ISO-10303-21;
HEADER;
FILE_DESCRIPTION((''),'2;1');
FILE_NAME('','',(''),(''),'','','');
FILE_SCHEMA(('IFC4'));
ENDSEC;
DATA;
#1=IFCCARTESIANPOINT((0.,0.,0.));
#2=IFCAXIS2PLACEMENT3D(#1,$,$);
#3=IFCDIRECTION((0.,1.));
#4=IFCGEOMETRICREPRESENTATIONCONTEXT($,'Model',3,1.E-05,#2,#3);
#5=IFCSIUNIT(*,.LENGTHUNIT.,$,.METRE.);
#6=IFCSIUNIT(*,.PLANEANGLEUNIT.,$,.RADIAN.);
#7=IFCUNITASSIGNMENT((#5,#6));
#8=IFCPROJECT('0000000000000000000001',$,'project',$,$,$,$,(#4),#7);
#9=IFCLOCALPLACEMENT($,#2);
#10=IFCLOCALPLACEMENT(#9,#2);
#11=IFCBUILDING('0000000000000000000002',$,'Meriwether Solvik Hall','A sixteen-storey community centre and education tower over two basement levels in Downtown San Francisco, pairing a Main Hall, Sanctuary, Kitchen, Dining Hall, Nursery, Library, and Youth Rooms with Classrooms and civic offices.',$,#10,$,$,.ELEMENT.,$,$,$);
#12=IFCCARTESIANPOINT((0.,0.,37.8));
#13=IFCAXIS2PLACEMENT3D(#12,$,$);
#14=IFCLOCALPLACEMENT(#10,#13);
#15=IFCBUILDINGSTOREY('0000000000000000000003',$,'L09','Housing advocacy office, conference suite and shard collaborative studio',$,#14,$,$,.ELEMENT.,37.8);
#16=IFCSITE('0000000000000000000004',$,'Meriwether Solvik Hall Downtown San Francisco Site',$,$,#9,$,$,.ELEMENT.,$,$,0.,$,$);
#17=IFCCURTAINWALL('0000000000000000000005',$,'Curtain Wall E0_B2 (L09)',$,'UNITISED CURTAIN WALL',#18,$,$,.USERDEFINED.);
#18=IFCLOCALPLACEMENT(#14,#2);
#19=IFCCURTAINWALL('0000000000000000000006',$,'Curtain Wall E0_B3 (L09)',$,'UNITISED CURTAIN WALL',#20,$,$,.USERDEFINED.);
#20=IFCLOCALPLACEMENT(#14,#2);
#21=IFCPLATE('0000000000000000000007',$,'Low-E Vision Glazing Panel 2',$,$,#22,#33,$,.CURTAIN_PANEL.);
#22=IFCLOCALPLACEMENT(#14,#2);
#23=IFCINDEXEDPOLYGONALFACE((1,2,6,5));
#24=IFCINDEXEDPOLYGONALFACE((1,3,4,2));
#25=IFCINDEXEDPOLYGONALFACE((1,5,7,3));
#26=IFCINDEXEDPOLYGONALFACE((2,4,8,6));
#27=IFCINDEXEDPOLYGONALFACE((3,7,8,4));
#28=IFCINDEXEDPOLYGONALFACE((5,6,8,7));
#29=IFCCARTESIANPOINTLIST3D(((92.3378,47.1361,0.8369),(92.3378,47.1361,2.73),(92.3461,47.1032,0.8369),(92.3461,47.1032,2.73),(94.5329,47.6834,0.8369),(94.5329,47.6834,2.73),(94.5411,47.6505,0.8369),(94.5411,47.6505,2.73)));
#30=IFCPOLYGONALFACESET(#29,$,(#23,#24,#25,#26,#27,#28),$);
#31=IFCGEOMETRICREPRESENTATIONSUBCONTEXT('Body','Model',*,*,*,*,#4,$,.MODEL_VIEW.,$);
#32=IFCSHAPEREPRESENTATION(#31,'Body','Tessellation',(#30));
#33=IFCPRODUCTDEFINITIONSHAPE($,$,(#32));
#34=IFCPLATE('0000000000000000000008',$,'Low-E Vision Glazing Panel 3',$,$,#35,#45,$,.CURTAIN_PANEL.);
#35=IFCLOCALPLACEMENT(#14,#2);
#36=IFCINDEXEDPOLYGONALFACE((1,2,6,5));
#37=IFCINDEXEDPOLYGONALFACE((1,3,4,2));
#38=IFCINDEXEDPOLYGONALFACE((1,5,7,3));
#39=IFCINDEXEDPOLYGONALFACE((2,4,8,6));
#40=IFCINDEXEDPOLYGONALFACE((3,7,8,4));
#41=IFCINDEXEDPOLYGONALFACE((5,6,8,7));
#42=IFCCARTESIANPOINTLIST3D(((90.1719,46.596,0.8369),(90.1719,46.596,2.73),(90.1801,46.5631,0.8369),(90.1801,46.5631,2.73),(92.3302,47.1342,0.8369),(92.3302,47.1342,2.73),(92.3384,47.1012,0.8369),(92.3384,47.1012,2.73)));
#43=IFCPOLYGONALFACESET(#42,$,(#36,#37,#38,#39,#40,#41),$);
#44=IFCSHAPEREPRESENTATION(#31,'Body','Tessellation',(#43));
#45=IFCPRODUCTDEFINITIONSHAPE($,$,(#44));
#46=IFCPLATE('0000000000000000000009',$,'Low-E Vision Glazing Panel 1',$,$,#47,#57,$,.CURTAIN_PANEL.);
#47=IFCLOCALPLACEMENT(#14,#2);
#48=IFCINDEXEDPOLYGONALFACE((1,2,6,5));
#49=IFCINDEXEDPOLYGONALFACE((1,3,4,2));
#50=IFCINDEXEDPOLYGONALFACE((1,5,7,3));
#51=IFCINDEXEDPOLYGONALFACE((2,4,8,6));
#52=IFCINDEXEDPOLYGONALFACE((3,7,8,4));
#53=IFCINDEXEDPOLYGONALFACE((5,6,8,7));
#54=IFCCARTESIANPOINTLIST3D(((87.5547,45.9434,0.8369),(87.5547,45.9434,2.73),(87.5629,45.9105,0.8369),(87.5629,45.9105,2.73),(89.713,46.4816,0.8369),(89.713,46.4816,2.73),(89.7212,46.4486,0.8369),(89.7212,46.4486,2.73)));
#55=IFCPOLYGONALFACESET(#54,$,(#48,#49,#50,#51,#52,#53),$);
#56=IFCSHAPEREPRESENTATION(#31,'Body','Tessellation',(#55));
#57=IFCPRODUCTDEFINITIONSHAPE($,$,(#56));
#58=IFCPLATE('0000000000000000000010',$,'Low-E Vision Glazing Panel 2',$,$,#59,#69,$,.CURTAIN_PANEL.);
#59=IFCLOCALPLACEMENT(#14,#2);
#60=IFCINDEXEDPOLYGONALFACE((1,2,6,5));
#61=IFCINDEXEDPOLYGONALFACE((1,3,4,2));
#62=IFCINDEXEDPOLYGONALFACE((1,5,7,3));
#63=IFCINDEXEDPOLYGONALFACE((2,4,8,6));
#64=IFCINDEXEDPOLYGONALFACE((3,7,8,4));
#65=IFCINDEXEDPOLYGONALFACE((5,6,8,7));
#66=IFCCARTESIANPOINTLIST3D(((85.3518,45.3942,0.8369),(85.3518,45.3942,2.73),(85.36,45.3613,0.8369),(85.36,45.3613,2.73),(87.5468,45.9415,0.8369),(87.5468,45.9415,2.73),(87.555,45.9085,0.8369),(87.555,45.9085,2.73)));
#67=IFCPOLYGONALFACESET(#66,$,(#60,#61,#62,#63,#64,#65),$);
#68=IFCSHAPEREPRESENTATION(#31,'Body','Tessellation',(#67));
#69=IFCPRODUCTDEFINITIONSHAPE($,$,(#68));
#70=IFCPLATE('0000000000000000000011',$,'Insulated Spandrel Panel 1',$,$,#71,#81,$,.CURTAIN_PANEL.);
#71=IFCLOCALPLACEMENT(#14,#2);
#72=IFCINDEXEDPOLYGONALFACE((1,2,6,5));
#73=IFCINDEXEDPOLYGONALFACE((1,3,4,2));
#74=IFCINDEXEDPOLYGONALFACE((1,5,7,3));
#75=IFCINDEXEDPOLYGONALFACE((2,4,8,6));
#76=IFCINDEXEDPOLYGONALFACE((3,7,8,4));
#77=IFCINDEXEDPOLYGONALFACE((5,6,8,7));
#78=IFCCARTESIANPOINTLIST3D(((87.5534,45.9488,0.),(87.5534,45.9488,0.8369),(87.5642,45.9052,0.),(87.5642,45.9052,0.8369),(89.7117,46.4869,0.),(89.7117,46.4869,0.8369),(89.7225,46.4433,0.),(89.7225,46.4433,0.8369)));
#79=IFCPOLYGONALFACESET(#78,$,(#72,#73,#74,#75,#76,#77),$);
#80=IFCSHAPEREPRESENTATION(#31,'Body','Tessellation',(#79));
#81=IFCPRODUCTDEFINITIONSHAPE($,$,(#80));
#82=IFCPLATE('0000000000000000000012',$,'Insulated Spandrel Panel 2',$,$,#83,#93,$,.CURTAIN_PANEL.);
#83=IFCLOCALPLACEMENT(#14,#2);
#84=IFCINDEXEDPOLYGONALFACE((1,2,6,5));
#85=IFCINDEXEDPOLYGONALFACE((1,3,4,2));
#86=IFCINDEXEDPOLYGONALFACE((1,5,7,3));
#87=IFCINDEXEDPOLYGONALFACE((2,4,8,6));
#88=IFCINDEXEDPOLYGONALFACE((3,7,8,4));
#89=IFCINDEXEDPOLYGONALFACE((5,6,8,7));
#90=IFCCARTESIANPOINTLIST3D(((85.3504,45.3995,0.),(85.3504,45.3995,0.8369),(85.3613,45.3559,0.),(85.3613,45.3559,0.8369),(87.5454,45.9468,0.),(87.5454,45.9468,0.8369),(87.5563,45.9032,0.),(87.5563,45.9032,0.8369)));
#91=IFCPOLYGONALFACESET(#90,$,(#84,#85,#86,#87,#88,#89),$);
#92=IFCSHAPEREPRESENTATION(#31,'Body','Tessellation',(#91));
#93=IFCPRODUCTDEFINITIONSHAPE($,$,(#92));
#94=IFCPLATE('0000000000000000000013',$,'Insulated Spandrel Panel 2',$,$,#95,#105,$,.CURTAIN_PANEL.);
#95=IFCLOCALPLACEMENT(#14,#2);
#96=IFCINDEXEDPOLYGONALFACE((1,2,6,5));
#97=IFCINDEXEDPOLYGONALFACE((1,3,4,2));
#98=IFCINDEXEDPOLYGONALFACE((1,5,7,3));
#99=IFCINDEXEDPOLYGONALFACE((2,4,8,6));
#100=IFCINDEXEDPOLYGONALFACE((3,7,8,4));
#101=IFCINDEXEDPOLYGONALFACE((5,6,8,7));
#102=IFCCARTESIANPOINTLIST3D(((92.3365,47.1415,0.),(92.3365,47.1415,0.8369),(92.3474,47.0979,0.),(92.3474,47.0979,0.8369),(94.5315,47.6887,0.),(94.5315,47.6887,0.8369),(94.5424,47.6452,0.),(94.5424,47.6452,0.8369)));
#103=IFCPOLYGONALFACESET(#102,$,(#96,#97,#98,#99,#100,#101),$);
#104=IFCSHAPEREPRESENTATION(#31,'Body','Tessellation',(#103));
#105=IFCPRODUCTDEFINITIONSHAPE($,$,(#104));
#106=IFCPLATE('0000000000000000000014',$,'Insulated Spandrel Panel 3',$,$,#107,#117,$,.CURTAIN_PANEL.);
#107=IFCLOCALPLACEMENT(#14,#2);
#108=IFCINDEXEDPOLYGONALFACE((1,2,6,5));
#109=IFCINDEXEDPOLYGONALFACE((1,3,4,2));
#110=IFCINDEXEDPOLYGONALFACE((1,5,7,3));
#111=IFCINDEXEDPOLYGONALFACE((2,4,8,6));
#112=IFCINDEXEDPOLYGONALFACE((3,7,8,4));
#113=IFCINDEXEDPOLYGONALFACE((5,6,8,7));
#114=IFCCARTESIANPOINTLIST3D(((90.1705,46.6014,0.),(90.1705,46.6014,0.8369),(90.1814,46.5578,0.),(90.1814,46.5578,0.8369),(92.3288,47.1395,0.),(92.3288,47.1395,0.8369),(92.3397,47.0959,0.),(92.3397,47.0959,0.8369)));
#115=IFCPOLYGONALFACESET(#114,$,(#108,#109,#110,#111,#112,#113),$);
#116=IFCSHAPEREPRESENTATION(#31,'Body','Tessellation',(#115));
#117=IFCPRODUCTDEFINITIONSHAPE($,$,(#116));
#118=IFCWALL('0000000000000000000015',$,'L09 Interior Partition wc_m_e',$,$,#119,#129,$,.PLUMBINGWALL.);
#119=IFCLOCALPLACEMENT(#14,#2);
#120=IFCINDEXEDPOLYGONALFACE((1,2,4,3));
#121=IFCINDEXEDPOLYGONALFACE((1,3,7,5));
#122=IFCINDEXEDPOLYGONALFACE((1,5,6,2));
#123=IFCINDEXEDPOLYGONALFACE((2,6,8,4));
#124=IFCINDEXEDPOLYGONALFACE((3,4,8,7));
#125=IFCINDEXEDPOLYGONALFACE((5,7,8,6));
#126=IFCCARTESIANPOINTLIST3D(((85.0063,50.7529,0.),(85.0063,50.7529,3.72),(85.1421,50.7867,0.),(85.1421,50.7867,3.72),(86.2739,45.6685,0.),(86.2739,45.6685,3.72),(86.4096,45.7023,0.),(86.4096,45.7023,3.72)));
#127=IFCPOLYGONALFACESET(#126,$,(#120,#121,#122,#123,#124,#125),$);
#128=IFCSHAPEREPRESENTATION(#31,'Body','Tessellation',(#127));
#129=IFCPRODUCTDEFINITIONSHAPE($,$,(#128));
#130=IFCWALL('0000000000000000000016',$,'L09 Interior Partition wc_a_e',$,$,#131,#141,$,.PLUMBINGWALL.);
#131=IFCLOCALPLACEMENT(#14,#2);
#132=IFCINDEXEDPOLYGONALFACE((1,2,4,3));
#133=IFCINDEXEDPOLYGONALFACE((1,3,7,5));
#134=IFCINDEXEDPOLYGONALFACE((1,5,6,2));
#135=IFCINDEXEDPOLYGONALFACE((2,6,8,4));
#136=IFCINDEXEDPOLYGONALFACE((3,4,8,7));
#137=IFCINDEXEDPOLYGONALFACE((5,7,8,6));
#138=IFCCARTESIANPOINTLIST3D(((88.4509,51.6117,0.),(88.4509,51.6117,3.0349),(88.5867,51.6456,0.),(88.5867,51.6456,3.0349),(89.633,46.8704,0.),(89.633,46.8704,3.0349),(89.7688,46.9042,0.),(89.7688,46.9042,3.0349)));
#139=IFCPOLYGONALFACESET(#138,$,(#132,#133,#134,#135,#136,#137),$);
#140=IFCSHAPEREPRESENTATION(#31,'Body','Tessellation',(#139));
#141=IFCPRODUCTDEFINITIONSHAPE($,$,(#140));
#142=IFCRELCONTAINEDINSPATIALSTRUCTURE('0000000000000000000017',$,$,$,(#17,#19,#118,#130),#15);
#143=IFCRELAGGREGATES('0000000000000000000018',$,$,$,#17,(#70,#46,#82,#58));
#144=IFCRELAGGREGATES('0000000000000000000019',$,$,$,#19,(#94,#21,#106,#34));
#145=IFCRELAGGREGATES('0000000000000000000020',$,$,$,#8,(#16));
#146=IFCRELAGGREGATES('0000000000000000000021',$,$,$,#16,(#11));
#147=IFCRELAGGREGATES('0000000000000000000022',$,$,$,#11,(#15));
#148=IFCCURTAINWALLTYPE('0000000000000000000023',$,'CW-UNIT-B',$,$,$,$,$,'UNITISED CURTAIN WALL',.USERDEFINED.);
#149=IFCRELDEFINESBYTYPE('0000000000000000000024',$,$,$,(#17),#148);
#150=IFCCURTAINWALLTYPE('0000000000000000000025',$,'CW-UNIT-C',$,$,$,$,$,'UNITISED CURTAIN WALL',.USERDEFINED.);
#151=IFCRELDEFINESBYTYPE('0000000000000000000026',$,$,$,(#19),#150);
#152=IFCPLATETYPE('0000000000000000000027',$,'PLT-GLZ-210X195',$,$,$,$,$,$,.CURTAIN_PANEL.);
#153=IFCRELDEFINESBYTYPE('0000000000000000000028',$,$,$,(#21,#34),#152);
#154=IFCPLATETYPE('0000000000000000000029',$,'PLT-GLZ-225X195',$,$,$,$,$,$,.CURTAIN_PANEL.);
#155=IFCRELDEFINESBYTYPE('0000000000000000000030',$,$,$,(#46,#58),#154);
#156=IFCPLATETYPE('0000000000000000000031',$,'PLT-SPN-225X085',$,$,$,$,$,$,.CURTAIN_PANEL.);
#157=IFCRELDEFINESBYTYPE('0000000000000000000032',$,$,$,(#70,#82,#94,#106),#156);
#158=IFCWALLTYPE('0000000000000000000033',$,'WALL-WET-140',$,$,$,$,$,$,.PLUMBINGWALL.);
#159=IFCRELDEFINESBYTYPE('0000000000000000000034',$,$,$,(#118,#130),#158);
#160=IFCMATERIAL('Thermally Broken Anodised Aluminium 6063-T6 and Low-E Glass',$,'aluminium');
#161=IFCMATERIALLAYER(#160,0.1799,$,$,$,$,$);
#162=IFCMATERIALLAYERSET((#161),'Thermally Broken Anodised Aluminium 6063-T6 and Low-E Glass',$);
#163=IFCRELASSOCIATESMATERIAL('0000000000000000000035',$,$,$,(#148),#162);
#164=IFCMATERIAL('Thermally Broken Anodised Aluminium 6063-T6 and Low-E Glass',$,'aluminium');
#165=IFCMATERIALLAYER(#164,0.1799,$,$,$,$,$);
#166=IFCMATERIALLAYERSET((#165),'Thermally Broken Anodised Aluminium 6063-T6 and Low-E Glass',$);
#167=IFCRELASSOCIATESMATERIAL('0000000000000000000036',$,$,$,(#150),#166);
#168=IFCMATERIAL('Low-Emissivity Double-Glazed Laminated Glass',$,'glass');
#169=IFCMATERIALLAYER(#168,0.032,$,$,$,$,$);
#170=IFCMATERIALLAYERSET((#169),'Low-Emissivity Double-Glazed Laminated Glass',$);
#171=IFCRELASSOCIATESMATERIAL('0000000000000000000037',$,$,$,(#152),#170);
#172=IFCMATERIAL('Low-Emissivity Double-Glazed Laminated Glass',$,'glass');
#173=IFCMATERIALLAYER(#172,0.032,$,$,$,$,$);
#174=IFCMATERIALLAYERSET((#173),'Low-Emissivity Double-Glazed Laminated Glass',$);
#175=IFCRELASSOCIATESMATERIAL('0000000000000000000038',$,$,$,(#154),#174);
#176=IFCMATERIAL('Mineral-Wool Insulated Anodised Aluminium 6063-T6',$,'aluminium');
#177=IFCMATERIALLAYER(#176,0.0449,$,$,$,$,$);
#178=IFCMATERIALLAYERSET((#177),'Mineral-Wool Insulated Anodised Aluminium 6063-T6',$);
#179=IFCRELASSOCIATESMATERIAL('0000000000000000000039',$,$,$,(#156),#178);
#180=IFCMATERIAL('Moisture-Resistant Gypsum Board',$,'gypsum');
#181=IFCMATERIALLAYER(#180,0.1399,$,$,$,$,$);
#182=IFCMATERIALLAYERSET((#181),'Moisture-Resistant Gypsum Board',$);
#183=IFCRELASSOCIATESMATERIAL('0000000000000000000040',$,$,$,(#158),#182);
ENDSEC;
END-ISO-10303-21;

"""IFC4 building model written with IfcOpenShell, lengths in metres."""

from ifc_helpers import new_model, si_unit, direction, frame, frame_2d, origin, origin_2d, place, context, subcontext, project, spatial, rectangle, extrude, material, layer, layer_set, type_object, element, aggregate, save


model = new_model("IFC4")

# Units and contexts
model_context = context("Model", 3, precision=1e-05, world=origin(), true_north=direction((0.0, 1.0)))
body_context = subcontext(model_context, "Body", "Model", "MODEL_VIEW")
ifc_project = project(units=[si_unit("LENGTHUNIT", "METRE"), si_unit("PLANEANGLEUNIT", "RADIAN")], contexts=[model_context])

# Site, building, storey
site_placement = place(None, origin())
site = spatial("IfcSite", under=ifc_project, at=site_placement, Name="Meriwether Solvik Hall Downtown San Francisco Site", CompositionType="ELEMENT", RefElevation=0.0)
building_placement = place(site_placement, origin())
building = spatial("IfcBuilding", under=site, at=building_placement, Name="Meriwether Solvik Hall", Description="A sixteen-storey community centre and education tower over two basement levels in Downtown San Francisco, pairing a Main Hall, Sanctuary, Kitchen, Dining Hall, Nursery, Library, and Youth Rooms with Classrooms and civic offices.", CompositionType="ELEMENT")
storey_placement = place(building_placement, frame((0.0, 0.0, 37.8)))
storey = spatial("IfcBuildingStorey", under=building, at=storey_placement, Name="L09", Description="Housing advocacy office, conference suite and shard collaborative studio", CompositionType="ELEMENT", Elevation=37.8)

# Curtain walls
ifc_material_1 = material(Name="Thermally Broken Anodised Aluminium 6063-T6 and Low-E Glass", Category="aluminium")
ifc_layer_1 = layer(ifc_material_1, 0.1799)
ifc_layer_set_1 = layer_set([ifc_layer_1], Name="Thermally Broken Anodised Aluminium 6063-T6 and Low-E Glass")
curtain_wall_type_1 = type_object("IfcCurtainWallType", Name="CW-UNIT-B", ElementType="UNITISED CURTAIN WALL", PredefinedType="USERDEFINED", material=ifc_layer_set_1)
curtain_wall_1_placement = place(storey_placement, origin())
curtain_wall_1 = element("IfcCurtainWall", 1, at=curtain_wall_1_placement, inside=storey, type_object=curtain_wall_type_1, Name="Curtain Wall E0_B2 (L09)", ObjectType="UNITISED CURTAIN WALL", PredefinedType="USERDEFINED")
ifc_material_2 = material(Name="Thermally Broken Anodised Aluminium 6063-T6 and Low-E Glass", Category="aluminium")
ifc_layer_2 = layer(ifc_material_2, 0.1799)
ifc_layer_set_2 = layer_set([ifc_layer_2], Name="Thermally Broken Anodised Aluminium 6063-T6 and Low-E Glass")
curtain_wall_type_2 = type_object("IfcCurtainWallType", Name="CW-UNIT-C", ElementType="UNITISED CURTAIN WALL", PredefinedType="USERDEFINED", material=ifc_layer_set_2)
curtain_wall_2_placement = place(storey_placement, origin())
curtain_wall_2 = element("IfcCurtainWall", 2, at=curtain_wall_2_placement, inside=storey, type_object=curtain_wall_type_2, Name="Curtain Wall E0_B3 (L09)", ObjectType="UNITISED CURTAIN WALL", PredefinedType="USERDEFINED")

# Plates
ifc_material_3 = material(Name="Low-Emissivity Double-Glazed Laminated Glass", Category="glass")
ifc_layer_3 = layer(ifc_material_3, 0.032)
ifc_layer_set_3 = layer_set([ifc_layer_3], Name="Low-Emissivity Double-Glazed Laminated Glass")
plate_type_1 = type_object("IfcPlateType", Name="PLT-GLZ-210X195", PredefinedType="CURTAIN_PANEL", material=ifc_layer_set_3)
plate_1_placement = place(storey_placement, frame((93.4395, 47.3933, 0.8369), z_axis=(0.0, 0.0, 1.0), x_axis=(-0.970296, -0.241922, 0.0)))
plate_1 = element("IfcPlate", 3, at=plate_1_placement, type_object=plate_type_1, Name="Low-E Vision Glazing Panel 2", PredefinedType="CURTAIN_PANEL", context=body_context, shape_type="SweptSolid", body=[
    extrude(rectangle(XDim=2.2622, YDim=0.0339, at=origin_2d()), origin(), (0.0, 0.0, 1.0), 1.8931),
])
plate_2_placement = place(storey_placement, frame((91.2551, 46.8486, 0.8369), z_axis=(0.0, 0.0, 1.0), x_axis=(-0.970296, -0.241922, 0.0)))
plate_2 = element("IfcPlate", 4, at=plate_2_placement, type_object=plate_type_1, Name="Low-E Vision Glazing Panel 3", PredefinedType="CURTAIN_PANEL", context=body_context, shape_type="SweptSolid", body=[
    extrude(rectangle(XDim=2.2244, YDim=0.0339, at=origin_2d()), origin(), (0.0, 0.0, 1.0), 1.8931),
])
ifc_material_4 = material(Name="Low-Emissivity Double-Glazed Laminated Glass", Category="glass")
ifc_layer_4 = layer(ifc_material_4, 0.032)
ifc_layer_set_4 = layer_set([ifc_layer_4], Name="Low-Emissivity Double-Glazed Laminated Glass")
plate_type_2 = type_object("IfcPlateType", Name="PLT-GLZ-225X195", PredefinedType="CURTAIN_PANEL", material=ifc_layer_set_4)
plate_3_placement = place(storey_placement, frame((88.6379, 46.196, 0.8369), z_axis=(0.0, 0.0, 1.0), x_axis=(-0.970296, -0.241922, 0.0)))
plate_3 = element("IfcPlate", 5, at=plate_3_placement, type_object=plate_type_2, Name="Low-E Vision Glazing Panel 1", PredefinedType="CURTAIN_PANEL", context=body_context, shape_type="SweptSolid", body=[
    extrude(rectangle(XDim=2.2244, YDim=0.0339, at=origin_2d()), origin(), (0.0, 0.0, 1.0), 1.8931),
])
plate_4_placement = place(storey_placement, frame((86.4534, 45.6514, 0.8369), z_axis=(0.0, 0.0, 1.0), x_axis=(-0.970296, -0.241922, 0.0)))
plate_4 = element("IfcPlate", 6, at=plate_4_placement, type_object=plate_type_2, Name="Low-E Vision Glazing Panel 2", PredefinedType="CURTAIN_PANEL", context=body_context, shape_type="SweptSolid", body=[
    extrude(rectangle(XDim=2.2622, YDim=0.0339, at=origin_2d()), origin(), (0.0, 0.0, 1.0), 1.8931),
])
ifc_material_5 = material(Name="Mineral-Wool Insulated Anodised Aluminium 6063-T6", Category="aluminium")
ifc_layer_5 = layer(ifc_material_5, 0.0449)
ifc_layer_set_5 = layer_set([ifc_layer_5], Name="Mineral-Wool Insulated Anodised Aluminium 6063-T6")
plate_type_3 = type_object("IfcPlateType", Name="PLT-SPN-225X085", PredefinedType="CURTAIN_PANEL", material=ifc_layer_set_5)
plate_5_placement = place(storey_placement, frame((88.6379, 46.196, 0.0), z_axis=(0.0, 0.0, 1.0), x_axis=(-0.970296, -0.241922, 0.0)))
plate_5 = element("IfcPlate", 7, at=plate_5_placement, type_object=plate_type_3, Name="Insulated Spandrel Panel 1", PredefinedType="CURTAIN_PANEL", context=body_context, shape_type="SweptSolid", body=[
    extrude(rectangle(XDim=2.2244, YDim=0.0449, at=origin_2d()), origin(), (0.0, 0.0, 1.0), 0.8369),
])
plate_6_placement = place(storey_placement, frame((86.4534, 45.6514, 0.0), z_axis=(0.0, 0.0, 1.0), x_axis=(-0.970296, -0.241922, 0.0)))
plate_6 = element("IfcPlate", 8, at=plate_6_placement, type_object=plate_type_3, Name="Insulated Spandrel Panel 2", PredefinedType="CURTAIN_PANEL", context=body_context, shape_type="SweptSolid", body=[
    extrude(rectangle(XDim=2.2622, YDim=0.0449, at=origin_2d()), origin(), (0.0, 0.0, 1.0), 0.8369),
])
aggregate(curtain_wall_1, [plate_5, plate_3, plate_6, plate_4])
plate_7_placement = place(storey_placement, frame((93.4395, 47.3933, 0.0), z_axis=(0.0, 0.0, 1.0), x_axis=(-0.970296, -0.241922, 0.0)))
plate_7 = element("IfcPlate", 9, at=plate_7_placement, type_object=plate_type_3, Name="Insulated Spandrel Panel 2", PredefinedType="CURTAIN_PANEL", context=body_context, shape_type="SweptSolid", body=[
    extrude(rectangle(XDim=2.2622, YDim=0.0449, at=origin_2d()), origin(), (0.0, 0.0, 1.0), 0.8369),
])
plate_8_placement = place(storey_placement, frame((91.2551, 46.8486, 0.0), z_axis=(0.0, 0.0, 1.0), x_axis=(-0.970296, -0.241922, 0.0)))
plate_8 = element("IfcPlate", 10, at=plate_8_placement, type_object=plate_type_3, Name="Insulated Spandrel Panel 3", PredefinedType="CURTAIN_PANEL", context=body_context, shape_type="SweptSolid", body=[
    extrude(rectangle(XDim=2.2244, YDim=0.0449, at=origin_2d()), origin(), (0.0, 0.0, 1.0), 0.8369),
])
aggregate(curtain_wall_2, [plate_7, plate_1, plate_8, plate_2])

# Wall
ifc_material_6 = material(Name="Moisture-Resistant Gypsum Board", Category="gypsum")
ifc_layer_6 = layer(ifc_material_6, 0.1399)
ifc_layer_set_6 = layer_set([ifc_layer_6], Name="Moisture-Resistant Gypsum Board")
wall_type = type_object("IfcWallType", Name="WALL-WET-140", PredefinedType="PLUMBINGWALL", material=ifc_layer_set_6)
wall_1_placement = place(storey_placement, frame((86.3418, 45.6853, 0.0), z_axis=(0.0, 0.0, 1.0), x_axis=(-0.2419, 0.970301, 0.0)))
element("IfcWall", 11, at=wall_1_placement, inside=storey, type_object=wall_type, Name="L09 Interior Partition wc_m_e", PredefinedType="PLUMBINGWALL", context=body_context, shape_type="SweptSolid", body=[
    extrude(rectangle(XDim=5.24, YDim=0.1399, at=frame_2d((2.6201, 0.0))), origin(), (0.0, 0.0, 1.0), 3.72),
])

# Wall
wall_2_placement = place(storey_placement, frame((89.7009, 46.8872, 0.0), z_axis=(0.0, 0.0, 1.0), x_axis=(-0.241913, 0.970298, 0.0)))
element("IfcWall", 12, at=wall_2_placement, inside=storey, type_object=wall_type, Name="L09 Interior Partition wc_a_e", PredefinedType="PLUMBINGWALL", context=body_context, shape_type="SweptSolid", body=[
    extrude(rectangle(XDim=4.8865, YDim=0.1399, at=frame_2d((2.4434, 0.0))), origin(), (0.0, 0.0, 1.0), 3.0349),
])

save(model, "model.ifc")
